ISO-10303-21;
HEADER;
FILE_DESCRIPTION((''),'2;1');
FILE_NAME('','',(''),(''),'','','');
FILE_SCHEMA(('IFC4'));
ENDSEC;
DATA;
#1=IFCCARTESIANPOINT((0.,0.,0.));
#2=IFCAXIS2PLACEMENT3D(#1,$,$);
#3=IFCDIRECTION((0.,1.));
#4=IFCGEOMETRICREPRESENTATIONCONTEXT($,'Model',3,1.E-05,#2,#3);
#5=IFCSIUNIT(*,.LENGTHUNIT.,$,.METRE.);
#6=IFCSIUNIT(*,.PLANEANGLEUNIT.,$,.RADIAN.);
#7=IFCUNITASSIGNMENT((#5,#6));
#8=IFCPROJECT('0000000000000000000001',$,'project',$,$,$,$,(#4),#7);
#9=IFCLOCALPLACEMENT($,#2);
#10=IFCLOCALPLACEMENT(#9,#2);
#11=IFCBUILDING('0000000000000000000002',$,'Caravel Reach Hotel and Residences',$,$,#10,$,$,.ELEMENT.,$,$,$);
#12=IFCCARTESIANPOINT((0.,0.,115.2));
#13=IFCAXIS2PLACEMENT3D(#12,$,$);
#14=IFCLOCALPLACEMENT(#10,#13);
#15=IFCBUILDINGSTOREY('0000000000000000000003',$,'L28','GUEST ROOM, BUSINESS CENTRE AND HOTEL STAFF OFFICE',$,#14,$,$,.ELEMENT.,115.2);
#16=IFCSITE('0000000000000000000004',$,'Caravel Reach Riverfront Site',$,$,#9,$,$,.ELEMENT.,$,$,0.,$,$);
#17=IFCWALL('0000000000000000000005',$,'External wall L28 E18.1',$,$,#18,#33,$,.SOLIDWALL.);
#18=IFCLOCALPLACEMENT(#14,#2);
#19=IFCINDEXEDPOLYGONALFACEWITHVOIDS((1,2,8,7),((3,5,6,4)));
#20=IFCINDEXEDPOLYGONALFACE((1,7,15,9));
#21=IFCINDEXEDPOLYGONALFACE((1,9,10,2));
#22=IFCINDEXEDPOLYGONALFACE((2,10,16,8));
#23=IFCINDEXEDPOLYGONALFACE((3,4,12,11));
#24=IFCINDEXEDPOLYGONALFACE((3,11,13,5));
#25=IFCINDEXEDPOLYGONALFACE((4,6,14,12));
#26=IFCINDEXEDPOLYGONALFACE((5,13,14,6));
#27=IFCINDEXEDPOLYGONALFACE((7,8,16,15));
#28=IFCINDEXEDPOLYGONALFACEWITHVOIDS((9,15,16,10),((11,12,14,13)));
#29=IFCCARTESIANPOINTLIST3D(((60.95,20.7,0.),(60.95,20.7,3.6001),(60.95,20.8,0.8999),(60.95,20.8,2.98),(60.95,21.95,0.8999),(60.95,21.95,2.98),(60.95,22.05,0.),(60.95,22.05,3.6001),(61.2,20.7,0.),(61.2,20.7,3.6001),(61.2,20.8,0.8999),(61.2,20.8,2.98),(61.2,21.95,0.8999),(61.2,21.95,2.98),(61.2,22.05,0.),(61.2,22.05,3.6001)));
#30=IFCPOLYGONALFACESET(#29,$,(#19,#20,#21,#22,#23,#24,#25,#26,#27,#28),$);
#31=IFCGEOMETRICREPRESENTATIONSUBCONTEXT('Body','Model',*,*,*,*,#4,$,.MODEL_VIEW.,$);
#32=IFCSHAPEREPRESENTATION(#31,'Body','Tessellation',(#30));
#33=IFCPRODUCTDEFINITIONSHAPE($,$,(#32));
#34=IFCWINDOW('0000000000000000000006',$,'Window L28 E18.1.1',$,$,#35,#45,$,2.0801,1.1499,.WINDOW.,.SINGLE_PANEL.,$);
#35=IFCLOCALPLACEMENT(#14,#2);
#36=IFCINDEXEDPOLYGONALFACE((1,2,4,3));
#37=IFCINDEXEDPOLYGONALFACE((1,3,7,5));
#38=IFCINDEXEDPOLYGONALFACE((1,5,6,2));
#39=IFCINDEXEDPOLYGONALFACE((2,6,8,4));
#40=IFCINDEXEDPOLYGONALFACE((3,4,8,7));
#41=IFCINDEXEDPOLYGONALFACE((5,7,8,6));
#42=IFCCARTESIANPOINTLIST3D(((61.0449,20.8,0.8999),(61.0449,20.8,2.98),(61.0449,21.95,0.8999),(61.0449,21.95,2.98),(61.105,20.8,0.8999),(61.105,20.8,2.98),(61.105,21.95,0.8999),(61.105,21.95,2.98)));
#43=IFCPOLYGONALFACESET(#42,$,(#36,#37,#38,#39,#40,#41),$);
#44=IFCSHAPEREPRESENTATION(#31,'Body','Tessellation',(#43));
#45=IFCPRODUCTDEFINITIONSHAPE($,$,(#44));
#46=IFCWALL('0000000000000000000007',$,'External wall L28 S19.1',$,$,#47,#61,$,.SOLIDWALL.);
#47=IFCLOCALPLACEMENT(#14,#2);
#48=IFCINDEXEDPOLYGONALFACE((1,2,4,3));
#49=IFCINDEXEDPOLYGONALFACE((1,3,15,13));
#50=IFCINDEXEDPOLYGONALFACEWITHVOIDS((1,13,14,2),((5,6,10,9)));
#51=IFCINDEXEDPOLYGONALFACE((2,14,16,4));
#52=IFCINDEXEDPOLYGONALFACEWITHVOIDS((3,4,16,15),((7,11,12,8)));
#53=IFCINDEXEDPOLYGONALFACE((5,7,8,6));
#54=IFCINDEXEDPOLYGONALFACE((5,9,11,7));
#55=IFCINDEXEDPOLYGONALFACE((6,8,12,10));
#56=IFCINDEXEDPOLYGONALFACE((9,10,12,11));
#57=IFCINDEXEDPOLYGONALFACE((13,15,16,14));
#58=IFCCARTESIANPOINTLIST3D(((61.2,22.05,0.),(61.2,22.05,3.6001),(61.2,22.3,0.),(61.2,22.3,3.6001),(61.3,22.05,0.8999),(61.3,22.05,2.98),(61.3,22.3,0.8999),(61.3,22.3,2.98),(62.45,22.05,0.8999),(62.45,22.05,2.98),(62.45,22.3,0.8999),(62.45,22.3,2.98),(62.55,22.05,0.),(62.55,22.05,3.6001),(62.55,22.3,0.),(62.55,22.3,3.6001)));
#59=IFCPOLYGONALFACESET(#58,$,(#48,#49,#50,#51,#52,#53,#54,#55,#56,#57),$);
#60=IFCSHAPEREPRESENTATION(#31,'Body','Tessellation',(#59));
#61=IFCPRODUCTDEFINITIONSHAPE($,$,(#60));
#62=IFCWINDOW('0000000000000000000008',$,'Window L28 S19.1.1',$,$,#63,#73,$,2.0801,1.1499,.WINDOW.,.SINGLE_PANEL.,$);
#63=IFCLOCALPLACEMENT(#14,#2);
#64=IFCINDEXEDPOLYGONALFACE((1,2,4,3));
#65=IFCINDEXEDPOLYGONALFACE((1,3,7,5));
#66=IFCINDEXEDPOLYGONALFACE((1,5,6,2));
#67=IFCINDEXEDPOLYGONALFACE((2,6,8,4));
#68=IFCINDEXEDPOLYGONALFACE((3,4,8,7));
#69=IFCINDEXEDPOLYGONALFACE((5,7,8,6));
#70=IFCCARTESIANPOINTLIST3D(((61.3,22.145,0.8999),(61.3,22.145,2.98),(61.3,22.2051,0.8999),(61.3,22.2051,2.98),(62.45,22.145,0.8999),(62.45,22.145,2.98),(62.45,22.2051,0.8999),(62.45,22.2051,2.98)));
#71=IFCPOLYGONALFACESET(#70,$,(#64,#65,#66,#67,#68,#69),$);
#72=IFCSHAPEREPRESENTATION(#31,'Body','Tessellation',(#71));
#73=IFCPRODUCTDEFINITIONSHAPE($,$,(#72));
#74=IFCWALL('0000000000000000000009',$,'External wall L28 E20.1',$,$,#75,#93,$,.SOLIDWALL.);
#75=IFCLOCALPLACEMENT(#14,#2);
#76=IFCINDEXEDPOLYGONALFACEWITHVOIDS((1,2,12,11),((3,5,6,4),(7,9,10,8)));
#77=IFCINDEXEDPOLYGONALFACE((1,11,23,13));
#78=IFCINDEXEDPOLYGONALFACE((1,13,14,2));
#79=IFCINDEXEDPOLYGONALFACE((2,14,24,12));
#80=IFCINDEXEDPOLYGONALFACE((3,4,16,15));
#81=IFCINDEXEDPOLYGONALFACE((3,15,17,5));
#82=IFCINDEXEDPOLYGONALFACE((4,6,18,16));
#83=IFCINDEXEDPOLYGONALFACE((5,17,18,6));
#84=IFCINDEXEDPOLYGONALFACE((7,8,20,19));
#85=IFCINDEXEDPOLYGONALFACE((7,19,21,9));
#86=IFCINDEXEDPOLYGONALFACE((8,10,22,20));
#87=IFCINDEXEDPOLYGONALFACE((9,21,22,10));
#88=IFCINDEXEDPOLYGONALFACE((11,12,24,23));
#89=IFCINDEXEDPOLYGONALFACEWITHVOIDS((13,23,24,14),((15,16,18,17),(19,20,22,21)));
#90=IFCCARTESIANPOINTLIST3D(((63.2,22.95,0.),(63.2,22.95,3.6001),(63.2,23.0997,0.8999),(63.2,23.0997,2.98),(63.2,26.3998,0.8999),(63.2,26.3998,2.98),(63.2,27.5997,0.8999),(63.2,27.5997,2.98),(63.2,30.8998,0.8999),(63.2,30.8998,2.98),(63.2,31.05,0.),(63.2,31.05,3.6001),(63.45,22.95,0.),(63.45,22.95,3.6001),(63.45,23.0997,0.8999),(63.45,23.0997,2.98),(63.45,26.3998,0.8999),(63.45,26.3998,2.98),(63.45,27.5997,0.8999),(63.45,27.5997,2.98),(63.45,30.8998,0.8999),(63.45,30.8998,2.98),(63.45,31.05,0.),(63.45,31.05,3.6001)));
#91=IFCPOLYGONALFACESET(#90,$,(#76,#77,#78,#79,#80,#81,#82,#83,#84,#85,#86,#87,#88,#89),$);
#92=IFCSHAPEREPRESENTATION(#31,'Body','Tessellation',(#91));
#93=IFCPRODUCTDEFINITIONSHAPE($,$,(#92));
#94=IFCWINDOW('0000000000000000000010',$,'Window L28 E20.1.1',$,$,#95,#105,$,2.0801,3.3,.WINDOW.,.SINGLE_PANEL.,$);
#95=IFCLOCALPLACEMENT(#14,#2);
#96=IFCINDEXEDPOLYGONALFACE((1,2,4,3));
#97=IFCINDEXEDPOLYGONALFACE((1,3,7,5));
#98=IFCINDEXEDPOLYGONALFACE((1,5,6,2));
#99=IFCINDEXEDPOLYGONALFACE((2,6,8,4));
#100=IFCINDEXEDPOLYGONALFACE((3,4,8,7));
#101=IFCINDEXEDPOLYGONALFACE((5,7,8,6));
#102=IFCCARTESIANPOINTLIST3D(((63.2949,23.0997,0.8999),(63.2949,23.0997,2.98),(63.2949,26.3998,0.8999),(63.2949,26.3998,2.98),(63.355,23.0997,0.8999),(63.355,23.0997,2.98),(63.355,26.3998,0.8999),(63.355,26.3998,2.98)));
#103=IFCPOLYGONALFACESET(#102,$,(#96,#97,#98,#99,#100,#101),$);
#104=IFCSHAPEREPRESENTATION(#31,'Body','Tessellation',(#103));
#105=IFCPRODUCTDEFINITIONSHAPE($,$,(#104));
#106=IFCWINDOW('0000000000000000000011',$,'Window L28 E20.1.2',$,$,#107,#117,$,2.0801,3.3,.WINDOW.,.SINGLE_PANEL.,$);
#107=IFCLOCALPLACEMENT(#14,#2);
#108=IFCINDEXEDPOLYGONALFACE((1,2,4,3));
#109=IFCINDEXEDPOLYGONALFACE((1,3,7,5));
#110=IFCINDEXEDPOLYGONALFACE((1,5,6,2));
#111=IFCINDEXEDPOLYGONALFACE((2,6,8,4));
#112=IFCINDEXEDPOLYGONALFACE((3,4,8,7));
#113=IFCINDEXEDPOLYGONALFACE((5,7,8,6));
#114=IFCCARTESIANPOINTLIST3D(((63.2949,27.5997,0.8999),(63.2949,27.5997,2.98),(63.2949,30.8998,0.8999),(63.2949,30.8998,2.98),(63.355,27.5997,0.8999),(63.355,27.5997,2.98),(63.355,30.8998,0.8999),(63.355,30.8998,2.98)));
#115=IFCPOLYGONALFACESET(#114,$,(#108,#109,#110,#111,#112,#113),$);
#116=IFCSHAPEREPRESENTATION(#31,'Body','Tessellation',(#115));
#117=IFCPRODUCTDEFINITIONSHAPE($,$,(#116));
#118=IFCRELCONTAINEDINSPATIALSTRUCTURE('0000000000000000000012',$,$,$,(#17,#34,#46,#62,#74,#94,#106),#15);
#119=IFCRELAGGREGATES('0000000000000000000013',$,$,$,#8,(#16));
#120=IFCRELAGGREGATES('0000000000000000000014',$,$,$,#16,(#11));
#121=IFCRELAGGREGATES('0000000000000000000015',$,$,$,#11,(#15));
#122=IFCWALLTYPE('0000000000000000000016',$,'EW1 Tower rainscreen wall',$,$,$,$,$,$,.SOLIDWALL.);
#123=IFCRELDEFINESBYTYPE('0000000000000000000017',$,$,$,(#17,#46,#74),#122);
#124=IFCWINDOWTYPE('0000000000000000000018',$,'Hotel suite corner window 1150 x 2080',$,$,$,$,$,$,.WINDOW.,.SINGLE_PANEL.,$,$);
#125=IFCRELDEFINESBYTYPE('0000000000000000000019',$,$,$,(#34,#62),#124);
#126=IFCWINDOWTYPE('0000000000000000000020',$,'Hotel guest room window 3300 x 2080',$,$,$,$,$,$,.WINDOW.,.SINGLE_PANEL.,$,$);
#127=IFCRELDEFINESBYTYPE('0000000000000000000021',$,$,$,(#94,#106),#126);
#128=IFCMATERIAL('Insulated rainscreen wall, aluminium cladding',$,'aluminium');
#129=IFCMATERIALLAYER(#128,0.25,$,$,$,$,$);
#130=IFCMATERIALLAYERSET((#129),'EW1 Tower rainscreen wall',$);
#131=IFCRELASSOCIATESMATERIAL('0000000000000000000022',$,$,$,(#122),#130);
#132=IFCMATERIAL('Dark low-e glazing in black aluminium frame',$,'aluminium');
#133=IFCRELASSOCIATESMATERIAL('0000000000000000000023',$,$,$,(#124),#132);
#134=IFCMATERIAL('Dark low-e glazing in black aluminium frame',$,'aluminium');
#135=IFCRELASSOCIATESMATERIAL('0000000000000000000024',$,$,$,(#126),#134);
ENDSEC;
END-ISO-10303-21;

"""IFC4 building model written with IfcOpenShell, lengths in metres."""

from ifc_helpers import new_model, si_unit, direction, frame, frame_2d, origin, place, context, subcontext, project, spatial, rectangle, extrude, material, layer, layer_set, type_object, element, fill, save


model = new_model("IFC4")

# Units and contexts
model_context = context("Model", 3, precision=1e-05, world=origin(), true_north=direction((0.0, 1.0)))
body_context = subcontext(model_context, "Body", "Model", "MODEL_VIEW")
ifc_project = project(units=[si_unit("LENGTHUNIT", "METRE"), si_unit("PLANEANGLEUNIT", "RADIAN")], contexts=[model_context])

# Site, building, storey
site_placement = place(None, origin())
site = spatial("IfcSite", under=ifc_project, at=site_placement, Name="Caravel Reach Riverfront Site", CompositionType="ELEMENT", RefElevation=0.0)
building_placement = place(site_placement, origin())
building = spatial("IfcBuilding", under=site, at=building_placement, Name="Caravel Reach Hotel and Residences", CompositionType="ELEMENT")
storey_placement = place(building_placement, frame((0.0, 0.0, 115.2)))
storey = spatial("IfcBuildingStorey", under=building, at=storey_placement, Name="L28", Description="GUEST ROOM, BUSINESS CENTRE AND HOTEL STAFF OFFICE", CompositionType="ELEMENT", Elevation=115.2)

# Walls, openings, windows
ifc_material_1 = material(Name="Insulated rainscreen wall, aluminium cladding", Category="aluminium")
ifc_layer = layer(ifc_material_1, 0.25)
ifc_layer_set = layer_set([ifc_layer], Name="EW1 Tower rainscreen wall")
wall_type = type_object("IfcWallType", Name="EW1 Tower rainscreen wall", PredefinedType="SOLIDWALL", material=ifc_layer_set)
wall_1_placement = place(storey_placement, frame((61.075, 20.7, 0.0), z_axis=(0.0, 0.0, 1.0), x_axis=(0.0, 1.0, 0.0)))
wall_1 = element("IfcWall", 1, at=wall_1_placement, inside=storey, type_object=wall_type, Name="External wall L28 E18.1", PredefinedType="SOLIDWALL", context=body_context, shape_type="SweptSolid", body=[
    extrude(rectangle(XDim=1.3501, YDim=0.25, at=frame_2d((0.675, 0.0))), origin(), (0.0, 0.0, 1.0), 3.6001),
])
opening_1_placement = place(wall_1_placement, frame((0.1001, 0.0, 0.8999)))
opening_1 = element("IfcOpeningElement", 2, at=opening_1_placement, cuts=wall_1, PredefinedType="OPENING", context=body_context, shape_type="SweptSolid", body=[
    extrude(rectangle(XDim=1.1499, YDim=2.0801, at=frame_2d((0.575, 1.04))), frame((0.0, 0.135, 0.0), z_axis=(0.0, -1.0, 0.0), x_axis=(1.0, 0.0, 0.0)), (0.0, 0.0, 1.0), 0.27),
])
ifc_material_2 = material(Name="Dark low-e glazing in black aluminium frame", Category="aluminium")
window_type_1 = type_object("IfcWindowType", Name="Hotel suite corner window 1150 x 2080", PartitioningType="SINGLE_PANEL", PredefinedType="WINDOW", material=ifc_material_2)
window_1_placement = place(opening_1_placement, origin())
window_1 = element("IfcWindow", 3, at=window_1_placement, inside=storey, type_object=window_type_1, Name="Window L28 E18.1.1", OverallHeight=2.0801, OverallWidth=1.1499, PartitioningType="SINGLE_PANEL", PredefinedType="WINDOW", context=body_context, shape_type="SweptSolid", body=[
    extrude(rectangle(XDim=1.1499, YDim=2.0801, at=frame_2d((0.575, 1.04))), frame((0.0, 0.03, 0.0), z_axis=(0.0, -1.0, 0.0), x_axis=(1.0, 0.0, 0.0)), (0.0, 0.0, 1.0), 0.0601),
])
fill(opening_1, window_1)
wall_2_placement = place(storey_placement, frame((61.2, 22.175, 0.0), z_axis=(0.0, 0.0, 1.0), x_axis=(1.0, 0.0, 0.0)))
wall_2 = element("IfcWall", 4, at=wall_2_placement, inside=storey, type_object=wall_type, Name="External wall L28 S19.1", PredefinedType="SOLIDWALL", context=body_context, shape_type="SweptSolid", body=[
    extrude(rectangle(XDim=1.3501, YDim=0.25, at=frame_2d((0.675, 0.0))), origin(), (0.0, 0.0, 1.0), 3.6001),
])
opening_2_placement = place(wall_2_placement, frame((0.1001, 0.0, 0.8999)))
opening_2 = element("IfcOpeningElement", 5, at=opening_2_placement, cuts=wall_2, PredefinedType="OPENING", context=body_context, shape_type="SweptSolid", body=[
    extrude(rectangle(XDim=1.1499, YDim=2.0801, at=frame_2d((0.575, 1.04))), frame((0.0, 0.135, 0.0), z_axis=(0.0, -1.0, 0.0), x_axis=(1.0, 0.0, 0.0)), (0.0, 0.0, 1.0), 0.27),
])
window_2_placement = place(opening_2_placement, origin())
window_2 = element("IfcWindow", 6, at=window_2_placement, inside=storey, type_object=window_type_1, Name="Window L28 S19.1.1", OverallHeight=2.0801, OverallWidth=1.1499, PartitioningType="SINGLE_PANEL", PredefinedType="WINDOW", context=body_context, shape_type="SweptSolid", body=[
    extrude(rectangle(XDim=1.1499, YDim=2.0801, at=frame_2d((0.575, 1.04))), frame((0.0, 0.03, 0.0), z_axis=(0.0, -1.0, 0.0), x_axis=(1.0, 0.0, 0.0)), (0.0, 0.0, 1.0), 0.0601),
])
fill(opening_2, window_2)

# Wall, openings, windows
wall_3_placement = place(storey_placement, frame((63.325, 22.95, 0.0), z_axis=(0.0, 0.0, 1.0), x_axis=(0.0, 1.0, 0.0)))
wall_3 = element("IfcWall", 7, at=wall_3_placement, inside=storey, type_object=wall_type, Name="External wall L28 E20.1", PredefinedType="SOLIDWALL", context=body_context, shape_type="SweptSolid", body=[
    extrude(rectangle(XDim=8.1001, YDim=0.25, at=frame_2d((4.05, 0.0))), origin(), (0.0, 0.0, 1.0), 3.6001),
])
opening_3_placement = place(wall_3_placement, frame((0.1499, 0.0, 0.8999)))
opening_3 = element("IfcOpeningElement", 8, at=opening_3_placement, cuts=wall_3, PredefinedType="OPENING", context=body_context, shape_type="SweptSolid", body=[
    extrude(rectangle(XDim=3.3, YDim=2.0801, at=frame_2d((1.6499, 1.04))), frame((0.0, 0.135, 0.0), z_axis=(0.0, -1.0, 0.0), x_axis=(1.0, 0.0, 0.0)), (0.0, 0.0, 1.0), 0.27),
])
opening_4_placement = place(wall_3_placement, frame((4.6499, 0.0, 0.8999)))
opening_4 = element("IfcOpeningElement", 9, at=opening_4_placement, cuts=wall_3, PredefinedType="OPENING", context=body_context, shape_type="SweptSolid", body=[
    extrude(rectangle(XDim=3.3, YDim=2.0801, at=frame_2d((1.6499, 1.04))), frame((0.0, 0.135, 0.0), z_axis=(0.0, -1.0, 0.0), x_axis=(1.0, 0.0, 0.0)), (0.0, 0.0, 1.0), 0.27),
])
ifc_material_3 = material(Name="Dark low-e glazing in black aluminium frame", Category="aluminium")
window_type_2 = type_object("IfcWindowType", Name="Hotel guest room window 3300 x 2080", PartitioningType="SINGLE_PANEL", PredefinedType="WINDOW", material=ifc_material_3)
window_3_placement = place(opening_3_placement, origin())
window_3 = element("IfcWindow", 10, at=window_3_placement, inside=storey, type_object=window_type_2, Name="Window L28 E20.1.1", OverallHeight=2.0801, OverallWidth=3.3, PartitioningType="SINGLE_PANEL", PredefinedType="WINDOW", context=body_context, shape_type="SweptSolid", body=[
    extrude(rectangle(XDim=3.3, YDim=2.0801, at=frame_2d((1.6499, 1.04))), frame((0.0, 0.03, 0.0), z_axis=(0.0, -1.0, 0.0), x_axis=(1.0, 0.0, 0.0)), (0.0, 0.0, 1.0), 0.0601),
])
fill(opening_3, window_3)
window_4_placement = place(opening_4_placement, origin())
window_4 = element("IfcWindow", 11, at=window_4_placement, inside=storey, type_object=window_type_2, Name="Window L28 E20.1.2", OverallHeight=2.0801, OverallWidth=3.3, PartitioningType="SINGLE_PANEL", PredefinedType="WINDOW", context=body_context, shape_type="SweptSolid", body=[
    extrude(rectangle(XDim=3.3, YDim=2.0801, at=frame_2d((1.6499, 1.04))), frame((0.0, 0.03, 0.0), z_axis=(0.0, -1.0, 0.0), x_axis=(1.0, 0.0, 0.0)), (0.0, 0.0, 1.0), 0.0601),
])
fill(opening_4, window_4)

save(model, "model.ifc")
